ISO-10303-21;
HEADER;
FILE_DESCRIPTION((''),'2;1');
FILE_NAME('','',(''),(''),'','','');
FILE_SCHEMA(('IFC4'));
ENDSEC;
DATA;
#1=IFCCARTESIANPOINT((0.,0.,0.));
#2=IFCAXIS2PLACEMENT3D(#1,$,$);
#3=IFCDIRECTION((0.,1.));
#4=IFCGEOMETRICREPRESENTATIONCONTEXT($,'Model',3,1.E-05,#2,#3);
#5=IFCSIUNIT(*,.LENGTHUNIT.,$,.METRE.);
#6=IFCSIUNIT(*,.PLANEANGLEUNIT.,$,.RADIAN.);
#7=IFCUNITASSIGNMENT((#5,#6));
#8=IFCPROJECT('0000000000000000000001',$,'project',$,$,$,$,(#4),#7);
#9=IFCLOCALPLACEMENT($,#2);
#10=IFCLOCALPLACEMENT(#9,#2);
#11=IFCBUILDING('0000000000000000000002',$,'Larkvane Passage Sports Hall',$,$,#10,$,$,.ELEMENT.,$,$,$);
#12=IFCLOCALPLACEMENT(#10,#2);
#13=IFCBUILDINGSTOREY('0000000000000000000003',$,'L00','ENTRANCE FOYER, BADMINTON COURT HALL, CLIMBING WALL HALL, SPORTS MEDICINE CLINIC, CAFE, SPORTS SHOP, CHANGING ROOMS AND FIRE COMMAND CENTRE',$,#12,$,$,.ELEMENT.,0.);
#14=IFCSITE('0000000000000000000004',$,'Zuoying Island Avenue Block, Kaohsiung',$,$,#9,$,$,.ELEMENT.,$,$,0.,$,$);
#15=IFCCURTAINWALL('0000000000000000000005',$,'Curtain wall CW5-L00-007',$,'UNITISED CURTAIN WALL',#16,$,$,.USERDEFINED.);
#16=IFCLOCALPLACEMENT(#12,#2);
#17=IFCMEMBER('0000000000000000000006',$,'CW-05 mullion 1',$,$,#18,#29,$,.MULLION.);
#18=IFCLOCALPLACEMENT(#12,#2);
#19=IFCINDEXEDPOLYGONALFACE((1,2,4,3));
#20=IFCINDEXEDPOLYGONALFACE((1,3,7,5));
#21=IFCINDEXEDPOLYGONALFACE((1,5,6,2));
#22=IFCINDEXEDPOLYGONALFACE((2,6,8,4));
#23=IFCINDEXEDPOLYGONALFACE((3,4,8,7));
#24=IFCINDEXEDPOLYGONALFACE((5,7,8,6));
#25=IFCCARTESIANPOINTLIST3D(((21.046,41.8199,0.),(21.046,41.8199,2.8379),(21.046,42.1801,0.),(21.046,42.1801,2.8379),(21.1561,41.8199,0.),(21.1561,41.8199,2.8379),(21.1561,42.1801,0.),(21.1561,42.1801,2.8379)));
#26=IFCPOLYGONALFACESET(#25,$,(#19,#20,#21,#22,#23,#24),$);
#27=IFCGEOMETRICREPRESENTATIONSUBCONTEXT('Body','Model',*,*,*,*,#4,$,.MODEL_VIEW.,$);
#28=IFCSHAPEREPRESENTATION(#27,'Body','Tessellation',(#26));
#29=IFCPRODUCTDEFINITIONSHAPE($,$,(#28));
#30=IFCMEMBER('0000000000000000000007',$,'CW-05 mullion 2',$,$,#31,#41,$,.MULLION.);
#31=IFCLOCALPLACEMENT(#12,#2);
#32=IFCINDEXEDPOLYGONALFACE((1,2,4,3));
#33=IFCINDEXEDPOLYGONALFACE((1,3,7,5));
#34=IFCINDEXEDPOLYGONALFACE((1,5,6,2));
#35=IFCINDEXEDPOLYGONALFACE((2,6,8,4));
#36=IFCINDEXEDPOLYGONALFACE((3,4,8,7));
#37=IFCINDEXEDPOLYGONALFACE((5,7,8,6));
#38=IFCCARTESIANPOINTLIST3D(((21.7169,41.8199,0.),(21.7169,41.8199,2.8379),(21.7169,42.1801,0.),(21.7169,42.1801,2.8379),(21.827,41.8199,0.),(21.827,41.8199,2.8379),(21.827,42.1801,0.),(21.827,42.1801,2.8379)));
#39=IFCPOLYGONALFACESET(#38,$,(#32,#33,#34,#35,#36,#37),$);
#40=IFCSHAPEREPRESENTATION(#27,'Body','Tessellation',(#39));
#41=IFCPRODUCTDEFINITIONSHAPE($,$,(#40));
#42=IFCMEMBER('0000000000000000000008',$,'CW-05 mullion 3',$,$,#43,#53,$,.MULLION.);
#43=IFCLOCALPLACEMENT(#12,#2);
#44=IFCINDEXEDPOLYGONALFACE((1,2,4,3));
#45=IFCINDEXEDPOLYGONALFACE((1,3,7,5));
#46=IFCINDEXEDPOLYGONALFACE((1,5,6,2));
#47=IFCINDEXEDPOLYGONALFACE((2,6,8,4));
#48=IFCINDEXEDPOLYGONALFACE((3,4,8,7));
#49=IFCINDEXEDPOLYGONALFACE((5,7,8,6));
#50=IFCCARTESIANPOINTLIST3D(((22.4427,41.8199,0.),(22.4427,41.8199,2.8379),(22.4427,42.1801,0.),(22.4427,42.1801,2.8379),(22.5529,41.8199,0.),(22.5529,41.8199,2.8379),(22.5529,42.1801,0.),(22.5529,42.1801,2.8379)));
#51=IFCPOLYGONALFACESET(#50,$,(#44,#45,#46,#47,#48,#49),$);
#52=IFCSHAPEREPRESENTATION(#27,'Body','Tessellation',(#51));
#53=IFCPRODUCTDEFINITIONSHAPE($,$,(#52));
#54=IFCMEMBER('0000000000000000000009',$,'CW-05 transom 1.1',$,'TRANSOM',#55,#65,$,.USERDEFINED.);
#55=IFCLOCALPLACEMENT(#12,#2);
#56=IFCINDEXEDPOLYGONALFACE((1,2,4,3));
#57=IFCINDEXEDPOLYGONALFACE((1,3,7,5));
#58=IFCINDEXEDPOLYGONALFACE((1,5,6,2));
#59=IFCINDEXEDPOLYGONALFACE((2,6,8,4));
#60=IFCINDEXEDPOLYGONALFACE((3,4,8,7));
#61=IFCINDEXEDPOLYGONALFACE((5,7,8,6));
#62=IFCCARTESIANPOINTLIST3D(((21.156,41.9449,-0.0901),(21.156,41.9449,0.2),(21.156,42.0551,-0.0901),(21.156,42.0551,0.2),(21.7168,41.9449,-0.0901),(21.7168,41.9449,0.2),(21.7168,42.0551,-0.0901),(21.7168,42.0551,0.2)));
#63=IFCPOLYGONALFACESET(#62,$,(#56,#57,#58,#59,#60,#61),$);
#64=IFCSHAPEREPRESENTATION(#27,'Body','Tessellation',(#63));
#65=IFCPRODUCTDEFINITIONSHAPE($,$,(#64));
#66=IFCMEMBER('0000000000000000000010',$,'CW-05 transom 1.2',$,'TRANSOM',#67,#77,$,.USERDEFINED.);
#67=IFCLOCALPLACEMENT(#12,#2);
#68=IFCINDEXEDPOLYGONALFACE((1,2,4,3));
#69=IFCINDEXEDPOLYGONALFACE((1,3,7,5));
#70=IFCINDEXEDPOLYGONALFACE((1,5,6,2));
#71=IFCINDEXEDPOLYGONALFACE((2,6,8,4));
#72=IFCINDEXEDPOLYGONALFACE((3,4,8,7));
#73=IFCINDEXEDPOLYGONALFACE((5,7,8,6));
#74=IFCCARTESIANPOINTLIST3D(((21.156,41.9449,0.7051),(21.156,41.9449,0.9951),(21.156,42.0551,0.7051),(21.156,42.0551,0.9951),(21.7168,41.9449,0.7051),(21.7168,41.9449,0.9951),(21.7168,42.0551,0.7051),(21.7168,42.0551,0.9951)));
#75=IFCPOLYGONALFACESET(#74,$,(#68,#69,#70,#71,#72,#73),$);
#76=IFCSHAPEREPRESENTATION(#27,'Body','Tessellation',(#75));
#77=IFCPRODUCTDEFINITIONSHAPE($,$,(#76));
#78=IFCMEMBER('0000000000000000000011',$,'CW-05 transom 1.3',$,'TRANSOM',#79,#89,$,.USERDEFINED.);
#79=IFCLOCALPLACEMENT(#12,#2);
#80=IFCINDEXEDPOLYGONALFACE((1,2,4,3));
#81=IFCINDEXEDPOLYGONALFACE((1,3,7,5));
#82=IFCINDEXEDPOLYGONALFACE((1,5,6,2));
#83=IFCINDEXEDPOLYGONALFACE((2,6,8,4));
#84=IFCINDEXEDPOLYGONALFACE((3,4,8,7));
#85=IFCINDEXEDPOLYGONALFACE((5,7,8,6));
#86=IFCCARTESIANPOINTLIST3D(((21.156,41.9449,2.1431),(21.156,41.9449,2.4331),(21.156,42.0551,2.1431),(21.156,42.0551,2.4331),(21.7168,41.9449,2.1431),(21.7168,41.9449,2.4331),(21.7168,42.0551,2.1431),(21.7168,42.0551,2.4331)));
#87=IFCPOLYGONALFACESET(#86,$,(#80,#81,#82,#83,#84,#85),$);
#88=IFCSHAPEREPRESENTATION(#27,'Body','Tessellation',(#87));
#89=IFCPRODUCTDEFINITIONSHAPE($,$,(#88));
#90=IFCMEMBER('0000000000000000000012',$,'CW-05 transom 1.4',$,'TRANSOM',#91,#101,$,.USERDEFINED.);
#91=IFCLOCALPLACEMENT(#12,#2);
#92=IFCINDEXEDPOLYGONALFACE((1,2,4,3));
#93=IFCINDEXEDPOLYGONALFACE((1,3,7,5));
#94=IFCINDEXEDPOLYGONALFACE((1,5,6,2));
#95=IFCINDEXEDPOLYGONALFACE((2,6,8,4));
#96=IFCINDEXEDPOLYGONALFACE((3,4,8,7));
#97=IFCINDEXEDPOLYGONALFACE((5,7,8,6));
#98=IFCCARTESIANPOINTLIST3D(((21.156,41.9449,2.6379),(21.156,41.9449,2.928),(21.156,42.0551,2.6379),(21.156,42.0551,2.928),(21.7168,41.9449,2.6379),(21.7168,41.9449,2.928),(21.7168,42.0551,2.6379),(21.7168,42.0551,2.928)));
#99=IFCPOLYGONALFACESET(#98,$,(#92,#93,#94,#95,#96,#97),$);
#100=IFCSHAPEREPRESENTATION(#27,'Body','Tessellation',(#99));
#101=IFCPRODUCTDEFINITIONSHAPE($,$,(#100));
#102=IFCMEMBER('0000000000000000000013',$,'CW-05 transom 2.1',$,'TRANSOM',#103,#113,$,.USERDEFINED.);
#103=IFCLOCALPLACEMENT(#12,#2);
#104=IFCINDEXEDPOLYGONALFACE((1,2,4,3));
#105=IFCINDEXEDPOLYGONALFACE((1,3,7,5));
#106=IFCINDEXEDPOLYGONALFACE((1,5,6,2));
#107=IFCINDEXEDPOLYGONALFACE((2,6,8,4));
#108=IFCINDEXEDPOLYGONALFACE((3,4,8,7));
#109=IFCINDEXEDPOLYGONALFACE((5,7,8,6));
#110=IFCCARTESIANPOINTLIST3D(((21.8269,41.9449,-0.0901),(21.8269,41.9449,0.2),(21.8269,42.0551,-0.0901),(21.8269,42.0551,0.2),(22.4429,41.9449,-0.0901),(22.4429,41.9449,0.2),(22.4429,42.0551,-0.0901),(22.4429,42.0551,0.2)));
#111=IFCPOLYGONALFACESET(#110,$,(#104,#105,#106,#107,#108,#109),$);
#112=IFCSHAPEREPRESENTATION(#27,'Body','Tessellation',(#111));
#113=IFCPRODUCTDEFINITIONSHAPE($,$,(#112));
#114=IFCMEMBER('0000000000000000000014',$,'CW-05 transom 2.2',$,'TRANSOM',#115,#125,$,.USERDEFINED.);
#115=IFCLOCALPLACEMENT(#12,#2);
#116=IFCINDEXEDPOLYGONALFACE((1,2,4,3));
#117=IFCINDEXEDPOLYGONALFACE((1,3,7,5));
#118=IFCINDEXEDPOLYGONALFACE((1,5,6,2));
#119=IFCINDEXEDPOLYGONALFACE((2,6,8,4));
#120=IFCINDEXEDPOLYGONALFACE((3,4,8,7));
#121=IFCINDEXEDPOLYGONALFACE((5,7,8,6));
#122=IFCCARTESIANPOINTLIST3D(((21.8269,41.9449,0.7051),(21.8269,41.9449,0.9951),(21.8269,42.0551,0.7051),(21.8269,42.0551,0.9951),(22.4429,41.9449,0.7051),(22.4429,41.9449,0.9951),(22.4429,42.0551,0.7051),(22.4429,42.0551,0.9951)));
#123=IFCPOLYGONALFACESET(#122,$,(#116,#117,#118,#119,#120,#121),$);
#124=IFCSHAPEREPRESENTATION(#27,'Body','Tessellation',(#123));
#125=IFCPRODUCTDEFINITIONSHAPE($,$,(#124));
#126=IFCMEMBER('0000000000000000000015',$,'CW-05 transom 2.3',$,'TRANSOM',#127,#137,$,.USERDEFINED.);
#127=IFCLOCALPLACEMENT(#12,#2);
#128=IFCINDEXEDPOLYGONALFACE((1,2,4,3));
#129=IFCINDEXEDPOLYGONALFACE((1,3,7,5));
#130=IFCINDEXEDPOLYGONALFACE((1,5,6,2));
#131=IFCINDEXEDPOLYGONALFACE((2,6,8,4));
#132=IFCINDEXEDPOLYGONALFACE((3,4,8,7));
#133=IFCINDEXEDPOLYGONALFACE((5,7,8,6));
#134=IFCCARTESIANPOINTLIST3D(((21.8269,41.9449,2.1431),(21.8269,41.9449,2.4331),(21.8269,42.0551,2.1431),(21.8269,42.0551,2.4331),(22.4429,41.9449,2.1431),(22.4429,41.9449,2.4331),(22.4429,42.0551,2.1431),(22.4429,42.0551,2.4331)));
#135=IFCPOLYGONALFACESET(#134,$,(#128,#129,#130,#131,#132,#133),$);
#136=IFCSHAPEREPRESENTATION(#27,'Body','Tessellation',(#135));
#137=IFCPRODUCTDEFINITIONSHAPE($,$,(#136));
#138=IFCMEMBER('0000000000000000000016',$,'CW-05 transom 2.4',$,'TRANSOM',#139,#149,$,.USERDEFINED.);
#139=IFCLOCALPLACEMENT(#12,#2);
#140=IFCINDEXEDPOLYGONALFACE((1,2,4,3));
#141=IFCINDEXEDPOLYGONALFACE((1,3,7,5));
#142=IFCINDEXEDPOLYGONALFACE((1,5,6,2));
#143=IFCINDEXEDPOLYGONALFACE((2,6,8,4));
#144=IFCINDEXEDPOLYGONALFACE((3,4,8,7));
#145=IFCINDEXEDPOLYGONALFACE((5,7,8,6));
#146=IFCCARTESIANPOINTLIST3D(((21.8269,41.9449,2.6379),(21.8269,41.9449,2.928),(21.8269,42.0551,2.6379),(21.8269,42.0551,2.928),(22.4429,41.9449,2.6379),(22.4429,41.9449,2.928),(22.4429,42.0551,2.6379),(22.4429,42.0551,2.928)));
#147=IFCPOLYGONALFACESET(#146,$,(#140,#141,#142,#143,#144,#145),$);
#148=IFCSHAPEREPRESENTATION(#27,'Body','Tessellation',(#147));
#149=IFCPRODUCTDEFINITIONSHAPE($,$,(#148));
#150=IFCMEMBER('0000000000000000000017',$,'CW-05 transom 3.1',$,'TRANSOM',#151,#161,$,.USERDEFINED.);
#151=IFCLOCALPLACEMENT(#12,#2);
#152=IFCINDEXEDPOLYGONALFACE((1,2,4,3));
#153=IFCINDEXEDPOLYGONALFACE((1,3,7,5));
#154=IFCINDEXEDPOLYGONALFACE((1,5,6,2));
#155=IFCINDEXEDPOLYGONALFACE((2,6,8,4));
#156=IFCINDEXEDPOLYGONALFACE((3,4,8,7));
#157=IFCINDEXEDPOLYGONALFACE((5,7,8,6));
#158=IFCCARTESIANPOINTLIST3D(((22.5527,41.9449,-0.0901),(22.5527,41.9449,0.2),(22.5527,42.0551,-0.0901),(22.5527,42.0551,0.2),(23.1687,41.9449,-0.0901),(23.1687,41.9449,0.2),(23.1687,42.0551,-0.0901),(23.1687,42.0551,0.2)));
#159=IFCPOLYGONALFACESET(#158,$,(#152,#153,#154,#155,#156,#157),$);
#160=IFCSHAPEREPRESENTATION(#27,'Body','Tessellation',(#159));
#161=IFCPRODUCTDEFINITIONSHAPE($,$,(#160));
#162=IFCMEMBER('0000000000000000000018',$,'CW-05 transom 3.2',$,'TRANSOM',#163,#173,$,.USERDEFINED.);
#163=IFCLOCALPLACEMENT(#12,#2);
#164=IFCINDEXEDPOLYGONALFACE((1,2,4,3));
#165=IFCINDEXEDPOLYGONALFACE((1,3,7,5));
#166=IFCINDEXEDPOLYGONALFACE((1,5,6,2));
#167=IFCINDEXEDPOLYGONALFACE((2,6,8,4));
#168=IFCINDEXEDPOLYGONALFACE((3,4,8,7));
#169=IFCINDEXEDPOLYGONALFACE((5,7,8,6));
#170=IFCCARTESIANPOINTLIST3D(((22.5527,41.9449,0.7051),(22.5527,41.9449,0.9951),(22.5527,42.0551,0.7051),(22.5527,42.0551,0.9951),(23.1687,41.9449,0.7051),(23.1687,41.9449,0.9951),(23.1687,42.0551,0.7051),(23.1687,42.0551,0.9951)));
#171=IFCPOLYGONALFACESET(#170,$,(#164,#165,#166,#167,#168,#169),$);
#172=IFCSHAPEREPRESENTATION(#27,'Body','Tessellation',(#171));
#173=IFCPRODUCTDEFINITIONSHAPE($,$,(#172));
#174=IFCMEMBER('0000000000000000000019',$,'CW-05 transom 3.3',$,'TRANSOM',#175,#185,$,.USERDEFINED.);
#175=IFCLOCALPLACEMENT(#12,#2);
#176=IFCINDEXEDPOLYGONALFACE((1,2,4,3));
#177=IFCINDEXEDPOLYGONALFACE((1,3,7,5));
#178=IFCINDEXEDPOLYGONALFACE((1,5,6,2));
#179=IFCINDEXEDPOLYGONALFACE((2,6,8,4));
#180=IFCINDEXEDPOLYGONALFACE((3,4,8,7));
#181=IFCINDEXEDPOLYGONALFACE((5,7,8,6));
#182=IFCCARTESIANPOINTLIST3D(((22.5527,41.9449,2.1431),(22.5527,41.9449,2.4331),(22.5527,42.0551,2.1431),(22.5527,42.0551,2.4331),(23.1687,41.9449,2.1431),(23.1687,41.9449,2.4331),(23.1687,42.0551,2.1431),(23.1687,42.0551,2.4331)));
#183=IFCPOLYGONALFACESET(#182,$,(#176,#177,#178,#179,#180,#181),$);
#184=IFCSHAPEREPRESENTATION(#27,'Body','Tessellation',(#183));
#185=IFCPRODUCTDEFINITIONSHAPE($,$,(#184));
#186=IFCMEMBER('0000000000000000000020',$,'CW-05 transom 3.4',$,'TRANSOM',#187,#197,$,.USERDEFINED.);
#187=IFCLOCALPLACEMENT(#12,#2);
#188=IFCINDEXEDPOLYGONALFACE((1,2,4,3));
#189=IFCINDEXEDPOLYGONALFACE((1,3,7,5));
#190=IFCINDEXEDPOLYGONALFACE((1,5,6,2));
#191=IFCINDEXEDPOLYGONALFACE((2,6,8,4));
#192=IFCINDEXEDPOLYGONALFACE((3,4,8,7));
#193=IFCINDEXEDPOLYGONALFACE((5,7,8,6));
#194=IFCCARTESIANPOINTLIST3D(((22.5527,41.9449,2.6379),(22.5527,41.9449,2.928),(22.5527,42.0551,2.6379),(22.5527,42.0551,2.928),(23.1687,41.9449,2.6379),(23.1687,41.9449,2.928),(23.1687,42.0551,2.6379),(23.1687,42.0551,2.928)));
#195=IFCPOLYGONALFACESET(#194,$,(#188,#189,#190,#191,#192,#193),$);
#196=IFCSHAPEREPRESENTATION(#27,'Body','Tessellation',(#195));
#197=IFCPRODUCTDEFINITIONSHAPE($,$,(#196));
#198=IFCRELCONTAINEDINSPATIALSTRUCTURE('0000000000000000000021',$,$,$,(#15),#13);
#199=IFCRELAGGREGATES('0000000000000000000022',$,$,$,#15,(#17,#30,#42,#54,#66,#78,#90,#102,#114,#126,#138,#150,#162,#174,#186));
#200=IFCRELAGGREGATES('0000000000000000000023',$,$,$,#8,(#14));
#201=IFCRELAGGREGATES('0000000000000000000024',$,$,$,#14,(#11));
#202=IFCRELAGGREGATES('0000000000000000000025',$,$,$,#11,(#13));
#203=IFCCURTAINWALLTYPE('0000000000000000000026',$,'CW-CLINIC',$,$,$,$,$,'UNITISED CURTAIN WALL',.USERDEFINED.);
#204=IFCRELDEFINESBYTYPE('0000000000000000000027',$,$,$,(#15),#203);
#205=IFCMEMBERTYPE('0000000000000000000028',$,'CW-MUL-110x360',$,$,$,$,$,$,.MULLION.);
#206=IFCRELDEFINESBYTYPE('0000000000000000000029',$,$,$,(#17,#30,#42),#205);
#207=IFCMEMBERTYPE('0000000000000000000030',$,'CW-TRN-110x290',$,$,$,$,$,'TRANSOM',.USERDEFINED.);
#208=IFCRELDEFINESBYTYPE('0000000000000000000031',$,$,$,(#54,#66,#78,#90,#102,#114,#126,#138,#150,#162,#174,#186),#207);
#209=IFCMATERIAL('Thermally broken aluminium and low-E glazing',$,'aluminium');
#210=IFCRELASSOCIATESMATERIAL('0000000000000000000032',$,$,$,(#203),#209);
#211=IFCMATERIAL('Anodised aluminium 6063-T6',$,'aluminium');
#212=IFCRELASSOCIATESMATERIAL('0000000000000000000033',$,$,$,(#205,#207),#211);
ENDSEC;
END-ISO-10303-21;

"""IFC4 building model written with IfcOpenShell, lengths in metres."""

from ifc_helpers import new_model, si_unit, direction, frame, origin, origin_2d, place, context, subcontext, project, spatial, rectangle, extrude, material, material_profile, profile_set, type_object, element, aggregate, save


model = new_model("IFC4")

# Units and contexts
model_context = context("Model", 3, precision=1e-05, world=origin(), true_north=direction((0.0, 1.0)))
body_context = subcontext(model_context, "Body", "Model", "MODEL_VIEW")
ifc_project = project(units=[si_unit("LENGTHUNIT", "METRE"), si_unit("PLANEANGLEUNIT", "RADIAN")], contexts=[model_context])

# Site, building, storey
site_placement = place(None, origin())
site = spatial("IfcSite", under=ifc_project, at=site_placement, Name="Zuoying Island Avenue Block, Kaohsiung", CompositionType="ELEMENT", RefElevation=0.0)
building_placement = place(site_placement, origin())
building = spatial("IfcBuilding", under=site, at=building_placement, Name="Larkvane Passage Sports Hall", CompositionType="ELEMENT")
storey_placement = place(building_placement, origin())
storey = spatial("IfcBuildingStorey", under=building, at=storey_placement, Name="L00", Description="ENTRANCE FOYER, BADMINTON COURT HALL, CLIMBING WALL HALL, SPORTS MEDICINE CLINIC, CAFE, SPORTS SHOP, CHANGING ROOMS AND FIRE COMMAND CENTRE", CompositionType="ELEMENT", Elevation=0.0)

# Curtain wall, members
ifc_material_1 = material(Name="Thermally broken aluminium and low-E glazing", Category="aluminium")
curtain_wall_type = type_object("IfcCurtainWallType", Name="CW-CLINIC", ElementType="UNITISED CURTAIN WALL", PredefinedType="USERDEFINED", material=ifc_material_1)
curtain_wall_placement = place(storey_placement, origin())
curtain_wall = element("IfcCurtainWall", 1, at=curtain_wall_placement, inside=storey, type_object=curtain_wall_type, Name="Curtain wall CW5-L00-007", ObjectType="UNITISED CURTAIN WALL", PredefinedType="USERDEFINED")
ifc_material_2 = material(Name="Anodised aluminium 6063-T6", Category="aluminium")
ifc_material_profile_1 = material_profile(ifc_material_2, rectangle(XDim=0.1101, YDim=0.3601, at=origin_2d()), Name="ALU-MUL-110x360")
ifc_profile_set_1 = profile_set([ifc_material_profile_1], Name="Anodised aluminium 6063-T6")
member_type_1 = type_object("IfcMemberType", Name="CW-MUL-110x360", PredefinedType="MULLION", material=ifc_profile_set_1)
member_1_placement = place(storey_placement, frame((21.1011, 42.0, 0.0), z_axis=(0.0, 0.0, 1.0), x_axis=(1.0, 0.0, 0.0)))
member_1 = element("IfcMember", 2, at=member_1_placement, type_object=member_type_1, Name="CW-05 mullion 1", PredefinedType="MULLION", context=body_context, shape_type="SweptSolid", body=[
    extrude(rectangle(XDim=0.1101, YDim=0.3601, at=origin_2d()), origin(), (0.0, 0.0, 1.0), 2.8379),
])
member_2_placement = place(storey_placement, frame((21.772, 42.0, 0.0), z_axis=(0.0, 0.0, 1.0), x_axis=(1.0, 0.0, 0.0)))
member_2 = element("IfcMember", 3, at=member_2_placement, type_object=member_type_1, Name="CW-05 mullion 2", PredefinedType="MULLION", context=body_context, shape_type="SweptSolid", body=[
    extrude(rectangle(XDim=0.1101, YDim=0.3601, at=origin_2d()), origin(), (0.0, 0.0, 1.0), 2.8379),
])
member_3_placement = place(storey_placement, frame((22.4978, 42.0, 0.0), z_axis=(0.0, 0.0, 1.0), x_axis=(1.0, 0.0, 0.0)))
member_3 = element("IfcMember", 4, at=member_3_placement, type_object=member_type_1, Name="CW-05 mullion 3", PredefinedType="MULLION", context=body_context, shape_type="SweptSolid", body=[
    extrude(rectangle(XDim=0.1101, YDim=0.3601, at=origin_2d()), origin(), (0.0, 0.0, 1.0), 2.8379),
])
ifc_material_profile_2 = material_profile(ifc_material_2, rectangle(XDim=0.1101, YDim=0.29, at=origin_2d()), Name="ALU-TRN-110x290")
ifc_profile_set_2 = profile_set([ifc_material_profile_2], Name="Anodised aluminium 6063-T6")
member_type_2 = type_object("IfcMemberType", Name="CW-TRN-110x290", ElementType="TRANSOM", PredefinedType="USERDEFINED", material=ifc_profile_set_2)
member_4_placement = place(storey_placement, frame((21.156, 42.0, 0.0549), z_axis=(1.0, 0.0, 0.0), x_axis=(0.0, 1.0, 0.0)))
member_4 = element("IfcMember", 5, at=member_4_placement, type_object=member_type_2, Name="CW-05 transom 1.1", ObjectType="TRANSOM", PredefinedType="USERDEFINED", context=body_context, shape_type="SweptSolid", body=[
    extrude(rectangle(XDim=0.1101, YDim=0.29, at=origin_2d()), origin(), (0.0, 0.0, 1.0), 0.5608),
])
member_5_placement = place(storey_placement, frame((21.156, 42.0, 0.8501), z_axis=(1.0, 0.0, 0.0), x_axis=(0.0, 1.0, 0.0)))
member_5 = element("IfcMember", 6, at=member_5_placement, type_object=member_type_2, Name="CW-05 transom 1.2", ObjectType="TRANSOM", PredefinedType="USERDEFINED", context=body_context, shape_type="SweptSolid", body=[
    extrude(rectangle(XDim=0.1101, YDim=0.29, at=origin_2d()), origin(), (0.0, 0.0, 1.0), 0.5608),
])
member_6_placement = place(storey_placement, frame((21.156, 42.0, 2.2881), z_axis=(1.0, 0.0, 0.0), x_axis=(0.0, 1.0, 0.0)))
member_6 = element("IfcMember", 7, at=member_6_placement, type_object=member_type_2, Name="CW-05 transom 1.3", ObjectType="TRANSOM", PredefinedType="USERDEFINED", context=body_context, shape_type="SweptSolid", body=[
    extrude(rectangle(XDim=0.1101, YDim=0.29, at=origin_2d()), origin(), (0.0, 0.0, 1.0), 0.5608),
])
member_7_placement = place(storey_placement, frame((21.156, 42.0, 2.783), z_axis=(1.0, 0.0, 0.0), x_axis=(0.0, 1.0, 0.0)))
member_7 = element("IfcMember", 8, at=member_7_placement, type_object=member_type_2, Name="CW-05 transom 1.4", ObjectType="TRANSOM", PredefinedType="USERDEFINED", context=body_context, shape_type="SweptSolid", body=[
    extrude(rectangle(XDim=0.1101, YDim=0.29, at=origin_2d()), origin(), (0.0, 0.0, 1.0), 0.5608),
])
member_8_placement = place(storey_placement, frame((21.8269, 42.0, 0.0549), z_axis=(1.0, 0.0, 0.0), x_axis=(0.0, 1.0, 0.0)))
member_8 = element("IfcMember", 9, at=member_8_placement, type_object=member_type_2, Name="CW-05 transom 2.1", ObjectType="TRANSOM", PredefinedType="USERDEFINED", context=body_context, shape_type="SweptSolid", body=[
    extrude(rectangle(XDim=0.1101, YDim=0.29, at=origin_2d()), origin(), (0.0, 0.0, 1.0), 0.616),
])
member_9_placement = place(storey_placement, frame((21.8269, 42.0, 0.8501), z_axis=(1.0, 0.0, 0.0), x_axis=(0.0, 1.0, 0.0)))
member_9 = element("IfcMember", 10, at=member_9_placement, type_object=member_type_2, Name="CW-05 transom 2.2", ObjectType="TRANSOM", PredefinedType="USERDEFINED", context=body_context, shape_type="SweptSolid", body=[
    extrude(rectangle(XDim=0.1101, YDim=0.29, at=origin_2d()), origin(), (0.0, 0.0, 1.0), 0.616),
])
member_10_placement = place(storey_placement, frame((21.8269, 42.0, 2.2881), z_axis=(1.0, 0.0, 0.0), x_axis=(0.0, 1.0, 0.0)))
member_10 = element("IfcMember", 11, at=member_10_placement, type_object=member_type_2, Name="CW-05 transom 2.3", ObjectType="TRANSOM", PredefinedType="USERDEFINED", context=body_context, shape_type="SweptSolid", body=[
    extrude(rectangle(XDim=0.1101, YDim=0.29, at=origin_2d()), origin(), (0.0, 0.0, 1.0), 0.616),
])
member_11_placement = place(storey_placement, frame((21.8269, 42.0, 2.783), z_axis=(1.0, 0.0, 0.0), x_axis=(0.0, 1.0, 0.0)))
member_11 = element("IfcMember", 12, at=member_11_placement, type_object=member_type_2, Name="CW-05 transom 2.4", ObjectType="TRANSOM", PredefinedType="USERDEFINED", context=body_context, shape_type="SweptSolid", body=[
    extrude(rectangle(XDim=0.1101, YDim=0.29, at=origin_2d()), origin(), (0.0, 0.0, 1.0), 0.616),
])
member_12_placement = place(storey_placement, frame((22.5527, 42.0, 0.0549), z_axis=(1.0, 0.0, 0.0), x_axis=(0.0, 1.0, 0.0)))
member_12 = element("IfcMember", 13, at=member_12_placement, type_object=member_type_2, Name="CW-05 transom 3.1", ObjectType="TRANSOM", PredefinedType="USERDEFINED", context=body_context, shape_type="SweptSolid", body=[
    extrude(rectangle(XDim=0.1101, YDim=0.29, at=origin_2d()), origin(), (0.0, 0.0, 1.0), 0.616),
])
member_13_placement = place(storey_placement, frame((22.5527, 42.0, 0.8501), z_axis=(1.0, 0.0, 0.0), x_axis=(0.0, 1.0, 0.0)))
member_13 = element("IfcMember", 14, at=member_13_placement, type_object=member_type_2, Name="CW-05 transom 3.2", ObjectType="TRANSOM", PredefinedType="USERDEFINED", context=body_context, shape_type="SweptSolid", body=[
    extrude(rectangle(XDim=0.1101, YDim=0.29, at=origin_2d()), origin(), (0.0, 0.0, 1.0), 0.616),
])
member_14_placement = place(storey_placement, frame((22.5527, 42.0, 2.2881), z_axis=(1.0, 0.0, 0.0), x_axis=(0.0, 1.0, 0.0)))
member_14 = element("IfcMember", 15, at=member_14_placement, type_object=member_type_2, Name="CW-05 transom 3.3", ObjectType="TRANSOM", PredefinedType="USERDEFINED", context=body_context, shape_type="SweptSolid", body=[
    extrude(rectangle(XDim=0.1101, YDim=0.29, at=origin_2d()), origin(), (0.0, 0.0, 1.0), 0.616),
])
member_15_placement = place(storey_placement, frame((22.5527, 42.0, 2.783), z_axis=(1.0, 0.0, 0.0), x_axis=(0.0, 1.0, 0.0)))
member_15 = element("IfcMember", 16, at=member_15_placement, type_object=member_type_2, Name="CW-05 transom 3.4", ObjectType="TRANSOM", PredefinedType="USERDEFINED", context=body_context, shape_type="SweptSolid", body=[
    extrude(rectangle(XDim=0.1101, YDim=0.29, at=origin_2d()), origin(), (0.0, 0.0, 1.0), 0.616),
])
aggregate(curtain_wall, [member_1, member_2, member_3, member_4, member_5, member_6, member_7, member_8, member_9, member_10, member_11, member_12, member_13, member_14, member_15])

save(model, "model.ifc")
